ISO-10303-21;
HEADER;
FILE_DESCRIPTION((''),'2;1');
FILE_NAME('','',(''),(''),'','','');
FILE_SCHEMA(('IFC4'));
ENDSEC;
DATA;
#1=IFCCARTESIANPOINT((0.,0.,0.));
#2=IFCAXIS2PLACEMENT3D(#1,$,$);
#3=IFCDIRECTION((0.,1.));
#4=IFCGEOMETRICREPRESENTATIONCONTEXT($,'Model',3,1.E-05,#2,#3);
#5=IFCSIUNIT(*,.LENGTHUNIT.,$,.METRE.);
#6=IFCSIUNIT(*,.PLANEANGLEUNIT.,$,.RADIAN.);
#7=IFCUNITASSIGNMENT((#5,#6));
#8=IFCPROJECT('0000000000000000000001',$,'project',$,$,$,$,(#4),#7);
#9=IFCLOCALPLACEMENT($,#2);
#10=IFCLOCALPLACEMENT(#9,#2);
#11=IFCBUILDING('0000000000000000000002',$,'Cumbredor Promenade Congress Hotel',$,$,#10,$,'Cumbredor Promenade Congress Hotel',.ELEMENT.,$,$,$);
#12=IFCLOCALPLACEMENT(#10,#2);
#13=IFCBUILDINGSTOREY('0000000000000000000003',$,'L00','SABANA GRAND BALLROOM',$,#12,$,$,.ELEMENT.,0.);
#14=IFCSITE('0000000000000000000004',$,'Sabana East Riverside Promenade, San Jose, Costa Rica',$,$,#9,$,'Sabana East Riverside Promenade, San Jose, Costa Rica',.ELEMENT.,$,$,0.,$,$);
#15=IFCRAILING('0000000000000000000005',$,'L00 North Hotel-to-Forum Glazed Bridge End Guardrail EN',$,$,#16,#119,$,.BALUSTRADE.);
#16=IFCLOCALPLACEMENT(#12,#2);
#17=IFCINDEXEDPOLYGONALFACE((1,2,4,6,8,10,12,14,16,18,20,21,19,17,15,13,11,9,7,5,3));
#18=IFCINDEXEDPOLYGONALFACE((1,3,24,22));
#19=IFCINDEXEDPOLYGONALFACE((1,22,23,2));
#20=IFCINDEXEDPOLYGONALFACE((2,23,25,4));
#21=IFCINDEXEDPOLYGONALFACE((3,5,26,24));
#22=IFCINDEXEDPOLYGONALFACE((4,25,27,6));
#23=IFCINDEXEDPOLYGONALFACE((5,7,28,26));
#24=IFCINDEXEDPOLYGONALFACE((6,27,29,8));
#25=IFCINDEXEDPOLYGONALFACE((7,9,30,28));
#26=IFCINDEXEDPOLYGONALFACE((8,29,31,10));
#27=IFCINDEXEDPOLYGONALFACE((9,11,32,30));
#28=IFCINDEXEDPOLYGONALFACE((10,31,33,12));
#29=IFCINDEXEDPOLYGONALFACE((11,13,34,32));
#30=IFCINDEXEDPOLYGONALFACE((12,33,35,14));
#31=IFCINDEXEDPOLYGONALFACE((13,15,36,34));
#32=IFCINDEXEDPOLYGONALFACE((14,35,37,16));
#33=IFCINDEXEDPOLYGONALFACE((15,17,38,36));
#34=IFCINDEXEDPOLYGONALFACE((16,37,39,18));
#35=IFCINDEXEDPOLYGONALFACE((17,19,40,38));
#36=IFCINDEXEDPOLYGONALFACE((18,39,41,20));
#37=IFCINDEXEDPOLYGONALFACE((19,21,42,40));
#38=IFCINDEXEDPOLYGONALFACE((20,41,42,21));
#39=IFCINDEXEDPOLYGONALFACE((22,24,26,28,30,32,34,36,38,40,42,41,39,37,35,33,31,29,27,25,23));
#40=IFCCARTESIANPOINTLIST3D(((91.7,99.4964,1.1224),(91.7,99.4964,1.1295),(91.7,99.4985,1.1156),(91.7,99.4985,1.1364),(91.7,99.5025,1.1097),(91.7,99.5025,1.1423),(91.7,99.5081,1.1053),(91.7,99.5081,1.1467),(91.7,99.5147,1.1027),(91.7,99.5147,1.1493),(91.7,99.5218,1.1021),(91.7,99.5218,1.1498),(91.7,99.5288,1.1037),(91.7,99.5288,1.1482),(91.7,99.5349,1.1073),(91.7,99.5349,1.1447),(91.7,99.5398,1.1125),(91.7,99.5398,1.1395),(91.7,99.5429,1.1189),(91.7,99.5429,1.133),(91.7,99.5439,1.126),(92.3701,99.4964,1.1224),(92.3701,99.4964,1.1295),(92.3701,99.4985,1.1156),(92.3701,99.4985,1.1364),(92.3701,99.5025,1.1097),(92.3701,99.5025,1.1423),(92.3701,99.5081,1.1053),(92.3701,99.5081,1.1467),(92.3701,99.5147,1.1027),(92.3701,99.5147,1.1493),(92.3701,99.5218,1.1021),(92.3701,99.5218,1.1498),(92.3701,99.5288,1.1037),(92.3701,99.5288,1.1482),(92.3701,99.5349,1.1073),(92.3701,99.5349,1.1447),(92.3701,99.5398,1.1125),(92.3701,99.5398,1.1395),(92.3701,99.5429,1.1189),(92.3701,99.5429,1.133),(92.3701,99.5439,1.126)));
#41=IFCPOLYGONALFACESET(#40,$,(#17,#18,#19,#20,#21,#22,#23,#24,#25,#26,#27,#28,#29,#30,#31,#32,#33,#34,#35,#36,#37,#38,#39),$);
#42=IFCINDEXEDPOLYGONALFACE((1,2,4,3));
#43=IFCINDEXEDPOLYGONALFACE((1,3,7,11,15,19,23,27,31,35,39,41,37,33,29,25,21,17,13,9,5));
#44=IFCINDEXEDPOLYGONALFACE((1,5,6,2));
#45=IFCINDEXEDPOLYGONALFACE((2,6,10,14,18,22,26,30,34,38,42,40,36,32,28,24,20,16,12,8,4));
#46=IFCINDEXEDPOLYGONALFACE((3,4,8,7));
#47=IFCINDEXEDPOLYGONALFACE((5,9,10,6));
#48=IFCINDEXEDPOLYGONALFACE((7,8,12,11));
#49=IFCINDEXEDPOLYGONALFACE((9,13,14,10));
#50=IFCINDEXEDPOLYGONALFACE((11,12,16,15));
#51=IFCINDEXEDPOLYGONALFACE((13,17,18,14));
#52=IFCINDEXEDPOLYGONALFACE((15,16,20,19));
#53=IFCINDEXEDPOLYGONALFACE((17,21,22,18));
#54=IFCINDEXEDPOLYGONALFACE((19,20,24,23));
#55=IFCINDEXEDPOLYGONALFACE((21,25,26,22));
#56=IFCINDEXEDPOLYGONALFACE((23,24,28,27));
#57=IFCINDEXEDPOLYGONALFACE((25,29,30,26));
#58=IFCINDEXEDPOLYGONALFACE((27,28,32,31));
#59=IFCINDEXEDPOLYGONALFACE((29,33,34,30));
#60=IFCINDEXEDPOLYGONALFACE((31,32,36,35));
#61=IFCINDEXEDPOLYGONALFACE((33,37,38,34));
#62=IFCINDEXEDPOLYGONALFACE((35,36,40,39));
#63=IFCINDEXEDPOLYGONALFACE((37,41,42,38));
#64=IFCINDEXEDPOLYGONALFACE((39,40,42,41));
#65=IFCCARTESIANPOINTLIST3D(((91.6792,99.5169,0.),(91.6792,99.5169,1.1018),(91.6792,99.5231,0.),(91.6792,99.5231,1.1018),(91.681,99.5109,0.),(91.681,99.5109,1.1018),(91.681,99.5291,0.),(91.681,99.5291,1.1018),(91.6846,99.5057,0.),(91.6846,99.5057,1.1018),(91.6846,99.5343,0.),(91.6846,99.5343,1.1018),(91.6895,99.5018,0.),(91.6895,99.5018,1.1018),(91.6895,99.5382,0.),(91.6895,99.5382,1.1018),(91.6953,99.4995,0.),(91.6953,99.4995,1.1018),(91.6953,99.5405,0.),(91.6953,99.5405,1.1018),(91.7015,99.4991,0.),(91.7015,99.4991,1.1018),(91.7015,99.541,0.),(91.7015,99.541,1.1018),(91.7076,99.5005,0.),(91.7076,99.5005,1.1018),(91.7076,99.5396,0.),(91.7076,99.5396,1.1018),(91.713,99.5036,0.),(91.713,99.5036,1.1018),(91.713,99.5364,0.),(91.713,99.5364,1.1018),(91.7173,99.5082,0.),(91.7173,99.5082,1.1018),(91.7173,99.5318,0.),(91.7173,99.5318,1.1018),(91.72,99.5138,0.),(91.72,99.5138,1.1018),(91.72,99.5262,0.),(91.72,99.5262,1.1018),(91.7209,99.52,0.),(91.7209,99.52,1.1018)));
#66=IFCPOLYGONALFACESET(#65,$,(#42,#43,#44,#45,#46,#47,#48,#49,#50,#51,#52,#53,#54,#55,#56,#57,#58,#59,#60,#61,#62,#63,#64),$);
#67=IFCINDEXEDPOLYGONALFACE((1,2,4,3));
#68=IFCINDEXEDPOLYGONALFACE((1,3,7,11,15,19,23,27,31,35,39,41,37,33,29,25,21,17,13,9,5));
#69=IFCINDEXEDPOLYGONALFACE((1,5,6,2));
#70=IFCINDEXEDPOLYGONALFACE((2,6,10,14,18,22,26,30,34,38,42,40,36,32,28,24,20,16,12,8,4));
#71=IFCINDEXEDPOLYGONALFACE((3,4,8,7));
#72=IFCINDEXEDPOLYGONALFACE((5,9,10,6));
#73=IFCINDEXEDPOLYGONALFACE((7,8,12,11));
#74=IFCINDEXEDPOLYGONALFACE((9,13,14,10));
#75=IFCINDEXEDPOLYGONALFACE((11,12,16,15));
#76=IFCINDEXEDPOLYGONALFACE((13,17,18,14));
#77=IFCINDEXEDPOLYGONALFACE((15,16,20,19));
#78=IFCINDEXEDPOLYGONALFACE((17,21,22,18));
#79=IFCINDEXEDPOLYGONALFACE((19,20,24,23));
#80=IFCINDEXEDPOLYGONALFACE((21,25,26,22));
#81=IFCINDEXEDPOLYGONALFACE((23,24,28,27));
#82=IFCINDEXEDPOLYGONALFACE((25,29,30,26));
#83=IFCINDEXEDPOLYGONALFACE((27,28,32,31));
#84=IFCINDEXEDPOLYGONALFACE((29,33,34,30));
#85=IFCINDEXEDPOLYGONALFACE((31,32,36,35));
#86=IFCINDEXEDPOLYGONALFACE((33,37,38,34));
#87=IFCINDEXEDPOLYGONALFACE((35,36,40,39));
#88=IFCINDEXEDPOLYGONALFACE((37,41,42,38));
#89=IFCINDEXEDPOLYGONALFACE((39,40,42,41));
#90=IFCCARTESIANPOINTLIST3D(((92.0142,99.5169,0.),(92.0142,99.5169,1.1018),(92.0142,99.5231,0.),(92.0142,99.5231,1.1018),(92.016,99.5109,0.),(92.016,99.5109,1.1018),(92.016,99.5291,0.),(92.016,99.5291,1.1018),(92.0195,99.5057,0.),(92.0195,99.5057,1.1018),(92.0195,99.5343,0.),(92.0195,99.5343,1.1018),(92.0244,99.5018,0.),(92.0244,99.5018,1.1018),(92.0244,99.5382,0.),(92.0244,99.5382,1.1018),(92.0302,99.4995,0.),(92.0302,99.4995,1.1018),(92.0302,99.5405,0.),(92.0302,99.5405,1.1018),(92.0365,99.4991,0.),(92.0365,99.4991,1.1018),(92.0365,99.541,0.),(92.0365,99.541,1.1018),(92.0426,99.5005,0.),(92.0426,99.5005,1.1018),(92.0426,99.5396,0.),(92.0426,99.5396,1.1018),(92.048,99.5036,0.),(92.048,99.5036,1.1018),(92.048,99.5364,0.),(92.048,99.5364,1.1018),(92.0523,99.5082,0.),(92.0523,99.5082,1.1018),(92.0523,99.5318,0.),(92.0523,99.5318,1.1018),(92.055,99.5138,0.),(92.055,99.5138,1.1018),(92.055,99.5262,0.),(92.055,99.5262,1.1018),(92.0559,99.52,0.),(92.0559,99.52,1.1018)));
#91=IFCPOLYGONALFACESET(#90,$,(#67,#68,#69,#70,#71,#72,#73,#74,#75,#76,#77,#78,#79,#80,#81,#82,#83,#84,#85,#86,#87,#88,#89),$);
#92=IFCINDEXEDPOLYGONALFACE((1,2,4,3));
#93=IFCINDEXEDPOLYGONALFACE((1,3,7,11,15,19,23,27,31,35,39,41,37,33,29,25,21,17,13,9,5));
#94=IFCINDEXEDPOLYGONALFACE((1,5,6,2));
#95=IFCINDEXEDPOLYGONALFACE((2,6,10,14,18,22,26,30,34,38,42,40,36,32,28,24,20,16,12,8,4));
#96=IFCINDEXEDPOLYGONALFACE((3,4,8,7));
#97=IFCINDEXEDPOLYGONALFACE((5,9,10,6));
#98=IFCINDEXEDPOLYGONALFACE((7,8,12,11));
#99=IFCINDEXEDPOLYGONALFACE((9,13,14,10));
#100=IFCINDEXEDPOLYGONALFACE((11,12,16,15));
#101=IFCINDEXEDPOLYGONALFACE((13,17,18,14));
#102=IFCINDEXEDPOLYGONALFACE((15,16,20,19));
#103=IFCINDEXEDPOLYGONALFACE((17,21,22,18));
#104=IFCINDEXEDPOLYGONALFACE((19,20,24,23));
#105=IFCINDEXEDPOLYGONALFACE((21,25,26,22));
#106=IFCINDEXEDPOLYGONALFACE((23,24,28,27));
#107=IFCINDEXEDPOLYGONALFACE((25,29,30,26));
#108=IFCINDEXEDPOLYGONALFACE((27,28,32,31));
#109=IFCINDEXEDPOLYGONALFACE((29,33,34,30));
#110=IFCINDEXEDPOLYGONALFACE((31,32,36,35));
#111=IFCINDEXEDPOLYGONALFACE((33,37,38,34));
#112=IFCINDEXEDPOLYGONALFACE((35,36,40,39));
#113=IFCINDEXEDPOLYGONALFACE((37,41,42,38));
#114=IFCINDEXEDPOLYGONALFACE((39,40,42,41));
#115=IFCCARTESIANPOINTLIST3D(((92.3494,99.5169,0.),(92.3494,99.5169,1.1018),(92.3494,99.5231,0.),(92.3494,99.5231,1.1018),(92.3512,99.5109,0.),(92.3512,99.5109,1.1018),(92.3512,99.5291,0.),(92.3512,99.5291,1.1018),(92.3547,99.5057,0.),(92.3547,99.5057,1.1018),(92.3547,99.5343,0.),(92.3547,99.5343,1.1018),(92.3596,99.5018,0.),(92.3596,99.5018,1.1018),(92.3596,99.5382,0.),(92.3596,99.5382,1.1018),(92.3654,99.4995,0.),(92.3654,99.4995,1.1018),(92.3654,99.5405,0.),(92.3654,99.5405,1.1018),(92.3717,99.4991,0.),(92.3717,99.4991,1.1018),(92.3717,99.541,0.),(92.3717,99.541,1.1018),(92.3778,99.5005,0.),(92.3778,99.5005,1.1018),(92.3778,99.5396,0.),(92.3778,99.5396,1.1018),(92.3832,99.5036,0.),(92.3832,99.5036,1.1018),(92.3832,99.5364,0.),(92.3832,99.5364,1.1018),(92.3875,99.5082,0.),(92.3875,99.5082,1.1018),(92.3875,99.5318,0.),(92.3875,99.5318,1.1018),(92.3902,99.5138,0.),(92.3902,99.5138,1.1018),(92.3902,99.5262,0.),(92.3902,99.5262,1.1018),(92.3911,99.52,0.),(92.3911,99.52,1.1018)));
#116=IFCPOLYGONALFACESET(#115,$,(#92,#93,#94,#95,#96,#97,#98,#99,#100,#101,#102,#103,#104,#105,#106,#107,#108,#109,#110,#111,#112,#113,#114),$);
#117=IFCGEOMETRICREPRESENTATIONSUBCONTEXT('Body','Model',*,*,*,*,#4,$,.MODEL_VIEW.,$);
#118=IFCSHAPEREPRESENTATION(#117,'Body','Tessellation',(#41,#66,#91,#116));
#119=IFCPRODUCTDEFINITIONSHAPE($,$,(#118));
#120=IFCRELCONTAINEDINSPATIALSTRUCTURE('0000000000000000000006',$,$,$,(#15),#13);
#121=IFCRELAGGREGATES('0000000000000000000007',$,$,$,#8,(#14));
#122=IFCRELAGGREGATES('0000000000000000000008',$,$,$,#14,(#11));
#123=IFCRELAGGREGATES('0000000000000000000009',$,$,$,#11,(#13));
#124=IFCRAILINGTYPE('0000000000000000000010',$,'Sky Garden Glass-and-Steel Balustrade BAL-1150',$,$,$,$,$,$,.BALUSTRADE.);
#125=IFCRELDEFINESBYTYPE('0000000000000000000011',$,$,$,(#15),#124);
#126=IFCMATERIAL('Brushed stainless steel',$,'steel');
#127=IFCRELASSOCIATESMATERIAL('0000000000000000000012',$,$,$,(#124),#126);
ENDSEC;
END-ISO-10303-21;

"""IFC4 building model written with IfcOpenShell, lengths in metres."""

from ifc_helpers import new_model, si_unit, direction, frame, origin, origin_2d, place, context, subcontext, project, spatial, circle, extrude, material, type_object, element, save


model = new_model("IFC4")

# Units and contexts
model_context = context("Model", 3, precision=1e-05, world=origin(), true_north=direction((0.0, 1.0)))
body_context = subcontext(model_context, "Body", "Model", "MODEL_VIEW")
ifc_project = project(units=[si_unit("LENGTHUNIT", "METRE"), si_unit("PLANEANGLEUNIT", "RADIAN")], contexts=[model_context])

# Site, building, storey
site_placement = place(None, origin())
site = spatial("IfcSite", under=ifc_project, at=site_placement, Name="Sabana East Riverside Promenade, San Jose, Costa Rica", LongName="Sabana East Riverside Promenade, San Jose, Costa Rica", CompositionType="ELEMENT", RefElevation=0.0)
building_placement = place(site_placement, origin())
building = spatial("IfcBuilding", under=site, at=building_placement, Name="Cumbredor Promenade Congress Hotel", LongName="Cumbredor Promenade Congress Hotel", CompositionType="ELEMENT")
storey_placement = place(building_placement, origin())
storey = spatial("IfcBuildingStorey", under=building, at=storey_placement, Name="L00", Description="SABANA GRAND BALLROOM", CompositionType="ELEMENT", Elevation=0.0)

# Railing
ifc_material_1 = material(Name="Brushed stainless steel", Category="steel")
railing_type = type_object("IfcRailingType", Name="Sky Garden Glass-and-Steel Balustrade BAL-1150", PredefinedType="BALUSTRADE", material=ifc_material_1)
railing_placement = place(storey_placement, frame((91.7, 99.52, 0.0)))
element("IfcRailing", 1, at=railing_placement, inside=storey, type_object=railing_type, Name="L00 North Hotel-to-Forum Glazed Bridge End Guardrail EN", PredefinedType="BALUSTRADE", context=body_context, shape_type="SweptSolid", body=[
    extrude(circle(Radius=0.0239, at=origin_2d()), frame((0.0, 0.0, 1.126), z_axis=(1.0, 0.0, 0.0), x_axis=(0.0, 1.0, 0.0)), (0.0, 0.0, 1.0), 0.6702),
    extrude(circle(Radius=0.021, at=origin_2d()), origin(), (0.0, 0.0, 1.0), 1.1018),
    extrude(circle(Radius=0.021, at=origin_2d()), frame((0.335, 0.0, 0.0)), (0.0, 0.0, 1.0), 1.1018),
    extrude(circle(Radius=0.021, at=origin_2d()), frame((0.6702, 0.0, 0.0)), (0.0, 0.0, 1.0), 1.1018),
])

save(model, "model.ifc")
